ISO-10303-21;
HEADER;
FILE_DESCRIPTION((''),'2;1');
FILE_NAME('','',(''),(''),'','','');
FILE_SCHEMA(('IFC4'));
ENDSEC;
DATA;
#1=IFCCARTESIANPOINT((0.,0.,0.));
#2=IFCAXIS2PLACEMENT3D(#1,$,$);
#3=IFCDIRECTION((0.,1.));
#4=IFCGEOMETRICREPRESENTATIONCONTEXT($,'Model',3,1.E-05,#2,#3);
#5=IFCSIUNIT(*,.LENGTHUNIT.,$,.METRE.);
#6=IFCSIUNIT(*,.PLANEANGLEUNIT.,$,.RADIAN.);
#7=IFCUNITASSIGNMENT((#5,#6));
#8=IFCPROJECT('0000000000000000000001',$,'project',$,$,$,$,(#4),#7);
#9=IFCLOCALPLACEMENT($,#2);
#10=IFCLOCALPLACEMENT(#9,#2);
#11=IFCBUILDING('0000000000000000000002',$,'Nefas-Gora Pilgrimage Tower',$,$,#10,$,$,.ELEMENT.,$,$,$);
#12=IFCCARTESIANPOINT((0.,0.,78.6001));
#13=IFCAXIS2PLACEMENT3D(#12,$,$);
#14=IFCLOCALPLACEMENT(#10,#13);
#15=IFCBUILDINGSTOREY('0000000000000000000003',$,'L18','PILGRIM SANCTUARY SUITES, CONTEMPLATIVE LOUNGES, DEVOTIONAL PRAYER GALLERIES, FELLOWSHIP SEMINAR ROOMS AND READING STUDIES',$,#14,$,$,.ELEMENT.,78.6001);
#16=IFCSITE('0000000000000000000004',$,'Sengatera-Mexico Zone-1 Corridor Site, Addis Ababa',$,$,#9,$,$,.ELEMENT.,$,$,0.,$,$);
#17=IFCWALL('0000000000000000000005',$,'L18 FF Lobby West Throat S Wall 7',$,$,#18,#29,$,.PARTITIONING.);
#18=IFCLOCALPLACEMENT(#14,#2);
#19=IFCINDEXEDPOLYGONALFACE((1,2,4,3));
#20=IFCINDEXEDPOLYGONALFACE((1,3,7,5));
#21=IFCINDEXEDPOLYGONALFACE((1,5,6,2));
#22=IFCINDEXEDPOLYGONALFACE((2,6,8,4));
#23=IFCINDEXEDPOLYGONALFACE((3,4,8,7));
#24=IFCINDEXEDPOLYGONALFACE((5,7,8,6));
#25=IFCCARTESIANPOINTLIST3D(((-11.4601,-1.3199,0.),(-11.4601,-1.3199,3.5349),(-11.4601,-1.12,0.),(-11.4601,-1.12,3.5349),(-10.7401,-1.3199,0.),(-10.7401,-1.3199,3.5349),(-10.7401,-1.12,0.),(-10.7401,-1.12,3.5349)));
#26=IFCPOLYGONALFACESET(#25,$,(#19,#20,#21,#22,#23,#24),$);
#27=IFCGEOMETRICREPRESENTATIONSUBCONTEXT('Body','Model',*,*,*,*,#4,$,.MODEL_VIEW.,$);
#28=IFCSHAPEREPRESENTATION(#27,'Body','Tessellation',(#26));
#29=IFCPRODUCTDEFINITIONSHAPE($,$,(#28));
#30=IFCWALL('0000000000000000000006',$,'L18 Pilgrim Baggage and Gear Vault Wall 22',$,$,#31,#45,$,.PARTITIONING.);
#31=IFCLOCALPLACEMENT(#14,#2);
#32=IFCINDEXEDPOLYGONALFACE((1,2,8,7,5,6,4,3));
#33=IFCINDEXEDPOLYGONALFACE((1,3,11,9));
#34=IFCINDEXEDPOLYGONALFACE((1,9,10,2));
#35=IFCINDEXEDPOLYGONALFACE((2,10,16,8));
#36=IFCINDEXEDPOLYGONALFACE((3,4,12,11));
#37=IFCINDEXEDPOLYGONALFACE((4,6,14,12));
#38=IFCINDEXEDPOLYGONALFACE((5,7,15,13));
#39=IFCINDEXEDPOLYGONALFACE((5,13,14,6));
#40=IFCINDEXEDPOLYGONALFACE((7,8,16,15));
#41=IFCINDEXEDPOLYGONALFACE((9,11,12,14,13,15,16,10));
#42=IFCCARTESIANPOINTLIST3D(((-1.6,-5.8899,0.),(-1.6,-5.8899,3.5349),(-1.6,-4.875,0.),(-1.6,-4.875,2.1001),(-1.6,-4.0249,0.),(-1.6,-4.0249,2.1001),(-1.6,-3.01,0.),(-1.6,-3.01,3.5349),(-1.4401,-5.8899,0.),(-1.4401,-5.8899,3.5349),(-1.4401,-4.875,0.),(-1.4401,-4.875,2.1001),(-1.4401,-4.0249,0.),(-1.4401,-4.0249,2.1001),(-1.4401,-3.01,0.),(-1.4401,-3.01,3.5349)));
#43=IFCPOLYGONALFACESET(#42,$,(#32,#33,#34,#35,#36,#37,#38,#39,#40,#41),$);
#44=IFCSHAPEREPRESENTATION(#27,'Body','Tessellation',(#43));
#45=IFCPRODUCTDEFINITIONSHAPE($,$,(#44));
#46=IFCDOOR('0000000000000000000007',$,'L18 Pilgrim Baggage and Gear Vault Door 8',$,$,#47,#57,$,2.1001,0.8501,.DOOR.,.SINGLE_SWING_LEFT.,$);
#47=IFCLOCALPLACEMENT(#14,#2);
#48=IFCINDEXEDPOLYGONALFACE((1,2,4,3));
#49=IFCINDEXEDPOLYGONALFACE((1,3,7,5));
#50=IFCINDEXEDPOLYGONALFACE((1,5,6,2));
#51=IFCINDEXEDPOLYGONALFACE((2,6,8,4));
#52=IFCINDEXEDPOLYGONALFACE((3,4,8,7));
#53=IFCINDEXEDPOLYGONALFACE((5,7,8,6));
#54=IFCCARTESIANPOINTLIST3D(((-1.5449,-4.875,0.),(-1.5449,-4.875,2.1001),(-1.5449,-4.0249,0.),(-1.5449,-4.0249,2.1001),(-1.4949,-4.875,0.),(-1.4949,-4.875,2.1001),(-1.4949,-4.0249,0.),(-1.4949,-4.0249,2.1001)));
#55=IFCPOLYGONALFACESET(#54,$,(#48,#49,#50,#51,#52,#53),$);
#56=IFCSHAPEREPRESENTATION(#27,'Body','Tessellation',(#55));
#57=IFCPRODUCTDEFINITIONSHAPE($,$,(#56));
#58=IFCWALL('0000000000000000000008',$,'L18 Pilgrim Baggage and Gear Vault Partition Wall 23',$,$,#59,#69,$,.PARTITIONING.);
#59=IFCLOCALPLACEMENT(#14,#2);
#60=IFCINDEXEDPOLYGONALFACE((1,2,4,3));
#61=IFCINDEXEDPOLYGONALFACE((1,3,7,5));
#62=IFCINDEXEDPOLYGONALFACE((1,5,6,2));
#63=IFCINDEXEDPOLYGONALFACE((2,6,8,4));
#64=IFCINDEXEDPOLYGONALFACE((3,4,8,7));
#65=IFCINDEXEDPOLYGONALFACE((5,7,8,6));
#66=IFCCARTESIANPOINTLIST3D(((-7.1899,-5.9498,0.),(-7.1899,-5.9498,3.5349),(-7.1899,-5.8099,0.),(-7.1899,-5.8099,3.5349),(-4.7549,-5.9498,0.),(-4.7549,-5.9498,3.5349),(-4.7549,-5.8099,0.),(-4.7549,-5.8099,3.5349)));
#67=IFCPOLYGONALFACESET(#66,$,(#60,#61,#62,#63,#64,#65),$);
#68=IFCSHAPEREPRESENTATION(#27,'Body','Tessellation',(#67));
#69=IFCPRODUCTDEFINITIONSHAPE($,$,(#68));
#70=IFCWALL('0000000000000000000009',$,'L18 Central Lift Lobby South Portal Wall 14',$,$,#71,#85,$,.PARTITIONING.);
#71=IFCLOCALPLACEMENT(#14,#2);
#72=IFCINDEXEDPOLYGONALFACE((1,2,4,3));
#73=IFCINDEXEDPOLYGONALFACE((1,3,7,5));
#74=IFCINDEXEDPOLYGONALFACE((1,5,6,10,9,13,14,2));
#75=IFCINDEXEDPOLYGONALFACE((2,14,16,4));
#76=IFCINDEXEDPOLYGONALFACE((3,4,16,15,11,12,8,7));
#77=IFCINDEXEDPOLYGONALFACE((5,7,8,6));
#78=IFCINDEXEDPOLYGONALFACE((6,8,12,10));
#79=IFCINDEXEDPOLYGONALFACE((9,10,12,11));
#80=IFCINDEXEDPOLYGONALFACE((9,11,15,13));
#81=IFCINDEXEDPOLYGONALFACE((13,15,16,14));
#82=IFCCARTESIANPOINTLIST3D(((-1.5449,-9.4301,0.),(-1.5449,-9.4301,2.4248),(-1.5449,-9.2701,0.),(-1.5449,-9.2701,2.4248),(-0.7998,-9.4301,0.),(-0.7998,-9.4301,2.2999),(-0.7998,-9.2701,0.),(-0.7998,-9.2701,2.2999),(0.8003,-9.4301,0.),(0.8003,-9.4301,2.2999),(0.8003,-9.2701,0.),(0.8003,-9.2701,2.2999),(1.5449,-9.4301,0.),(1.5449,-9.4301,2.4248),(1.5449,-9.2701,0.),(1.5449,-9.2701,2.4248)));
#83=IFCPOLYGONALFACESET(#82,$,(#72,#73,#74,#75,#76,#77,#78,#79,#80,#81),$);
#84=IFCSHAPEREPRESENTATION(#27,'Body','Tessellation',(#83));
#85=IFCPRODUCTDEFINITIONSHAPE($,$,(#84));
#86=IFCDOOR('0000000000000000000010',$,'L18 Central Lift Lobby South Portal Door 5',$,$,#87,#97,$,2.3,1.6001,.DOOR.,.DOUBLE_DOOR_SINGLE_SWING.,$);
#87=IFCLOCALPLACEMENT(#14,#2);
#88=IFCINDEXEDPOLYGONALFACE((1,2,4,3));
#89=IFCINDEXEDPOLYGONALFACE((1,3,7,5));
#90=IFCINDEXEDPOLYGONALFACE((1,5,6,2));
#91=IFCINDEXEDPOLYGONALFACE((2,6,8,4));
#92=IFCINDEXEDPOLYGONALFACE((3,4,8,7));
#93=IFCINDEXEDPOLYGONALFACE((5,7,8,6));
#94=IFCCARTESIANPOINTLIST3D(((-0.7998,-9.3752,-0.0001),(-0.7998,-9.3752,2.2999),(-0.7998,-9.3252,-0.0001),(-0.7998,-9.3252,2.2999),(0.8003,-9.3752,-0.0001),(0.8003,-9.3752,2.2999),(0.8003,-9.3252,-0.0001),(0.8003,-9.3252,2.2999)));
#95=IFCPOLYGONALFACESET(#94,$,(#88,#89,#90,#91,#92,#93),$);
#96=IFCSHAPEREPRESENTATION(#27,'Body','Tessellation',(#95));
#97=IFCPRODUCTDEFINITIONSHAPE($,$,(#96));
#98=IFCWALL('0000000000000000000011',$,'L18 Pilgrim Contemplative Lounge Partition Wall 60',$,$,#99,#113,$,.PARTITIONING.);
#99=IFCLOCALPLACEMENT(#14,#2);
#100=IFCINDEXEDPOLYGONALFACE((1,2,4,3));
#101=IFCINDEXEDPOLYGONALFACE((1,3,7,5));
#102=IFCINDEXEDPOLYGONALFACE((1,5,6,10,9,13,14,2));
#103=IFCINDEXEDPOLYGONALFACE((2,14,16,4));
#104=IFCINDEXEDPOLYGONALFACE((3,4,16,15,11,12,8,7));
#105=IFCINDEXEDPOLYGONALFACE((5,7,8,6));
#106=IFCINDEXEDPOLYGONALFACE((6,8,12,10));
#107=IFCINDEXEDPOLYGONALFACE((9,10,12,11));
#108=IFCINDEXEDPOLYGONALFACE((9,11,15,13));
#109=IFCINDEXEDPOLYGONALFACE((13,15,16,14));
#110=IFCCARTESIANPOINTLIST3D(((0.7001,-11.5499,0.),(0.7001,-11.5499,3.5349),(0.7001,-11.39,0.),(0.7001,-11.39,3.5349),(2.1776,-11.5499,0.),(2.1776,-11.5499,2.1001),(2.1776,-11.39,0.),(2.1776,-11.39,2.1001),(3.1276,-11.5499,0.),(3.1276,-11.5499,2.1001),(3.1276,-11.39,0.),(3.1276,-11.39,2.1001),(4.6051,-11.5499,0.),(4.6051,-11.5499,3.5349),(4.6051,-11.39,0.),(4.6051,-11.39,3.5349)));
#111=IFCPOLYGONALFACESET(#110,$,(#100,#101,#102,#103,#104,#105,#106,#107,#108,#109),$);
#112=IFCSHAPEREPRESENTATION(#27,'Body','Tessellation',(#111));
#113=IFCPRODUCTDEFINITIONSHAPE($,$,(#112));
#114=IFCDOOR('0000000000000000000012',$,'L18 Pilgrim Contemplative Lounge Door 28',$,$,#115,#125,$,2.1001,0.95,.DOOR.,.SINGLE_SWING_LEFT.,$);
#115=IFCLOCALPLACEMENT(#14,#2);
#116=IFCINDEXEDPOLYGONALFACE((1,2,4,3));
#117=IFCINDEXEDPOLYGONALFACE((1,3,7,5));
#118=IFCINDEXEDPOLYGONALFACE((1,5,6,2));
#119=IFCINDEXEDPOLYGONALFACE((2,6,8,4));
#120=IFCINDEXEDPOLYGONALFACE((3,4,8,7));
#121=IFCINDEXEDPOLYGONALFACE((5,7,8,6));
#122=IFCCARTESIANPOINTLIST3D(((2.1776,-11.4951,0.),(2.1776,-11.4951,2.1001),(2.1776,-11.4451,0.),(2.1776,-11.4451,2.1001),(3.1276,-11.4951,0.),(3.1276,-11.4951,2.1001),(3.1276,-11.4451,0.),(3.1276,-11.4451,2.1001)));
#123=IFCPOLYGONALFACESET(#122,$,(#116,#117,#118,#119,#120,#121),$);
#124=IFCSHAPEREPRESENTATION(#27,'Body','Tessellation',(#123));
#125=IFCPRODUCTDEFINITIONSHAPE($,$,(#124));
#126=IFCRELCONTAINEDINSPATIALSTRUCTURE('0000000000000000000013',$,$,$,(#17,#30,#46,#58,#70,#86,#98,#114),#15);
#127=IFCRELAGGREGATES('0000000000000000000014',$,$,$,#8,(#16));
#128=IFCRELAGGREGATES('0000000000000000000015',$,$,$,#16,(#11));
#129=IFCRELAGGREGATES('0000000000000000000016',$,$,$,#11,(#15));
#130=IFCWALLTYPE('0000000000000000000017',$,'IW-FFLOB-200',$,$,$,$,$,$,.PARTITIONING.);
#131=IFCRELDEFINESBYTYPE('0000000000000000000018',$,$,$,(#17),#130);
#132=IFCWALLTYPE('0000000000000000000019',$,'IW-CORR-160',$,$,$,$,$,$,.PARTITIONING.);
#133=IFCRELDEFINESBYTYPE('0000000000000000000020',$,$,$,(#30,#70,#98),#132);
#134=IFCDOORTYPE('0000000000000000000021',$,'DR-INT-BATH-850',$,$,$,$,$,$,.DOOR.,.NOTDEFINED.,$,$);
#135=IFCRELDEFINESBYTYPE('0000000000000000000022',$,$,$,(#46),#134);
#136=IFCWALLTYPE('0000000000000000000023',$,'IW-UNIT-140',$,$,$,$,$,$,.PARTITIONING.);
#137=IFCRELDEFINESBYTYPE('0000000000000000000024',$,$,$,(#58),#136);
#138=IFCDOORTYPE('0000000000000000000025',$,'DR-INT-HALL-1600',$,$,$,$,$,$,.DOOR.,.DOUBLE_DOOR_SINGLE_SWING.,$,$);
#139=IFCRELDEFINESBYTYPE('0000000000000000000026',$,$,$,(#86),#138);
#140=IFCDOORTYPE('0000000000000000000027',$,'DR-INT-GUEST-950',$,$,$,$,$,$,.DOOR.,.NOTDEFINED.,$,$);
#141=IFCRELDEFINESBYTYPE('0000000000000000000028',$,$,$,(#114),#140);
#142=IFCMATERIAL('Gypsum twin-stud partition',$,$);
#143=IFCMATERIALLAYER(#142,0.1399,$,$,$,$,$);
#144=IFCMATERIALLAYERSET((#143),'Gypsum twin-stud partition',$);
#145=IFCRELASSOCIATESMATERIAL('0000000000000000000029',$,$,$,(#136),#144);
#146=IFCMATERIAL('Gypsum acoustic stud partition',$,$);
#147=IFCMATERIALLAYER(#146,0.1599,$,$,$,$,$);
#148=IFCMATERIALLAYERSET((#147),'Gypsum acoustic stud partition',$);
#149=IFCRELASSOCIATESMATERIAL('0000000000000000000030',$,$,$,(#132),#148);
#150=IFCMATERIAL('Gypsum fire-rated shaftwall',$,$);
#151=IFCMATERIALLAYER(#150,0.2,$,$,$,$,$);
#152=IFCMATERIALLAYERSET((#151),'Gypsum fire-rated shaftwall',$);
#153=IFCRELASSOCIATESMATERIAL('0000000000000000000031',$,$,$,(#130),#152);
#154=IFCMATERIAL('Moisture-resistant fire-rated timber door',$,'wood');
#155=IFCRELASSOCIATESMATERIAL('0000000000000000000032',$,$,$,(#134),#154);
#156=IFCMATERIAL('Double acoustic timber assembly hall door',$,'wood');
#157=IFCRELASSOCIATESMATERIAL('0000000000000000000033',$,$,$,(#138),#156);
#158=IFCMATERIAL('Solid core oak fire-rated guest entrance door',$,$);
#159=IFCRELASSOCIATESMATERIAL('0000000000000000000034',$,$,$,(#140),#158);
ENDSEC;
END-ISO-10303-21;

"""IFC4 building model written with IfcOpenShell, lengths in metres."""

from ifc_helpers import new_model, si_unit, direction, frame, frame_2d, origin, place, context, subcontext, project, spatial, rectangle, extrude, source, transform, mapped, material, layer, layer_set, type_object, element, fill, save


model = new_model("IFC4")

# Units and contexts
model_context = context("Model", 3, precision=1e-05, world=origin(), true_north=direction((0.0, 1.0)))
body_context = subcontext(model_context, "Body", "Model", "MODEL_VIEW")
ifc_project = project(units=[si_unit("LENGTHUNIT", "METRE"), si_unit("PLANEANGLEUNIT", "RADIAN")], contexts=[model_context])

# Site, building, storey
site_placement = place(None, origin())
site = spatial("IfcSite", under=ifc_project, at=site_placement, Name="Sengatera-Mexico Zone-1 Corridor Site, Addis Ababa", CompositionType="ELEMENT", RefElevation=0.0)
building_placement = place(site_placement, origin())
building = spatial("IfcBuilding", under=site, at=building_placement, Name="Nefas-Gora Pilgrimage Tower", CompositionType="ELEMENT")
storey_placement = place(building_placement, frame((0.0, 0.0, 78.6001)))
storey = spatial("IfcBuildingStorey", under=building, at=storey_placement, Name="L18", Description="PILGRIM SANCTUARY SUITES, CONTEMPLATIVE LOUNGES, DEVOTIONAL PRAYER GALLERIES, FELLOWSHIP SEMINAR ROOMS AND READING STUDIES", CompositionType="ELEMENT", Elevation=78.6001)

# Wall
ifc_material_1 = material(Name="Gypsum twin-stud partition")
ifc_layer_1 = layer(ifc_material_1, 0.1399)
ifc_layer_set_1 = layer_set([ifc_layer_1], Name="Gypsum twin-stud partition")
wall_type_1 = type_object("IfcWallType", Name="IW-UNIT-140", PredefinedType="PARTITIONING", material=ifc_layer_set_1)
ifc_material_2 = material(Name="Gypsum acoustic stud partition")
ifc_layer_2 = layer(ifc_material_2, 0.1599)
ifc_layer_set_2 = layer_set([ifc_layer_2], Name="Gypsum acoustic stud partition")
wall_type_2 = type_object("IfcWallType", Name="IW-CORR-160", PredefinedType="PARTITIONING", material=ifc_layer_set_2)
ifc_material_3 = material(Name="Gypsum fire-rated shaftwall")
ifc_layer_3 = layer(ifc_material_3, 0.2)
ifc_layer_set_3 = layer_set([ifc_layer_3], Name="Gypsum fire-rated shaftwall")
wall_type_3 = type_object("IfcWallType", Name="IW-FFLOB-200", PredefinedType="PARTITIONING", material=ifc_layer_set_3)
shared_shape_1 = source(origin(), body_context, "Body", "SweptSolid", [
    extrude(rectangle(XDim=0.72, YDim=0.2, at=frame_2d((0.3599, 0.0))), origin(), (0.0, 0.0, 1.0), 3.5349),
])
wall_1_placement = place(storey_placement, frame((-11.46, -1.22, 0.0), z_axis=(0.0, 0.0, 1.0), x_axis=(1.0, 0.0, 0.0)))
element("IfcWall", 1, at=wall_1_placement, inside=storey, type_object=wall_type_3, Name="L18 FF Lobby West Throat S Wall 7", PredefinedType="PARTITIONING", context=body_context, shape_type="MappedRepresentation", body=[
    mapped(shared_shape_1, transform((0.0, 0.0, 0.0), x_axis=(1.0, 0.0, 0.0), y_axis=(0.0, 1.0, 0.0), z_axis=(0.0, 0.0, 1.0), scale=1.0)),
])

# Wall, opening, door
shared_shape_2 = source(origin(), body_context, "Body", "SweptSolid", [
    extrude(rectangle(XDim=2.8799, YDim=0.1599, at=frame_2d((1.4399, 0.0))), origin(), (0.0, 0.0, 1.0), 3.5349),
])
wall_2_placement = place(storey_placement, frame((-1.52, -5.8899, 0.0), z_axis=(0.0, 0.0, 1.0), x_axis=(0.0, 1.0, 0.0)))
wall_2 = element("IfcWall", 2, at=wall_2_placement, inside=storey, type_object=wall_type_2, Name="L18 Pilgrim Baggage and Gear Vault Wall 22", PredefinedType="PARTITIONING", context=body_context, shape_type="MappedRepresentation", body=[
    mapped(shared_shape_2, transform((0.0, 0.0, 0.0), x_axis=(1.0, 0.0, 0.0), y_axis=(0.0, 1.0, 0.0), z_axis=(0.0, 0.0, 1.0), scale=1.0)),
])
opening_1_placement = place(wall_2_placement, frame((1.0149, 0.0, 0.0)))
opening_1 = element("IfcOpeningElement", 3, at=opening_1_placement, cuts=wall_2, PredefinedType="OPENING", context=body_context, shape_type="SweptSolid", body=[
    extrude(rectangle(XDim=0.8501, YDim=2.1001, at=frame_2d((0.425, 1.05))), frame((0.0, 0.0898, 0.0), z_axis=(0.0, -1.0, 0.0), x_axis=(1.0, 0.0, 0.0)), (0.0, 0.0, 1.0), 0.1799),
])
ifc_material_4 = material(Name="Moisture-resistant fire-rated timber door", Category="wood")
door_type_1 = type_object("IfcDoorType", Name="DR-INT-BATH-850", OperationType="NOTDEFINED", PredefinedType="DOOR", material=ifc_material_4)
shared_shape_3 = source(origin(), body_context, "Body", "SweptSolid", [
    extrude(rectangle(XDim=0.8501, YDim=2.1001, at=frame_2d((0.425, 1.05))), frame((0.0, 0.0249, 0.0), z_axis=(0.0, -1.0, 0.0), x_axis=(1.0, 0.0, 0.0)), (0.0, 0.0, 1.0), 0.05),
])
door_1_placement = place(opening_1_placement, origin())
door_1 = element("IfcDoor", 4, at=door_1_placement, inside=storey, type_object=door_type_1, Name="L18 Pilgrim Baggage and Gear Vault Door 8", OperationType="SINGLE_SWING_LEFT", OverallHeight=2.1001, OverallWidth=0.8501, PredefinedType="DOOR", context=body_context, shape_type="MappedRepresentation", body=[
    mapped(shared_shape_3, transform((0.0, 0.0, 0.0), x_axis=(1.0, 0.0, 0.0), y_axis=(0.0, 1.0, 0.0), z_axis=(0.0, 0.0, 1.0), scale=1.0)),
])
fill(opening_1, door_1)

# Wall
shared_shape_4 = source(origin(), body_context, "Body", "SweptSolid", [
    extrude(rectangle(XDim=2.4351, YDim=0.1399, at=frame_2d((1.2175, 0.0))), origin(), (0.0, 0.0, 1.0), 3.5349),
])
wall_3_placement = place(storey_placement, frame((-7.1899, -5.8799, 0.0), z_axis=(0.0, 0.0, 1.0), x_axis=(1.0, 0.0, 0.0)))
element("IfcWall", 5, at=wall_3_placement, inside=storey, type_object=wall_type_1, Name="L18 Pilgrim Baggage and Gear Vault Partition Wall 23", PredefinedType="PARTITIONING", context=body_context, shape_type="MappedRepresentation", body=[
    mapped(shared_shape_4, transform((0.0, 0.0, 0.0), x_axis=(1.0, 0.0, 0.0), y_axis=(0.0, 1.0, 0.0), z_axis=(0.0, 0.0, 1.0), scale=1.0)),
])

# Walls, openings, doors
shared_shape_5 = source(origin(), body_context, "Body", "SweptSolid", [
    extrude(rectangle(XDim=3.0898, YDim=0.1599, at=frame_2d((1.5449, 0.0))), origin(), (0.0, 0.0, 1.0), 2.4248),
])
wall_4_placement = place(storey_placement, frame((-1.5449, -9.3501, 0.0), z_axis=(0.0, 0.0, 1.0), x_axis=(1.0, 0.0, 0.0)))
wall_4 = element("IfcWall", 6, at=wall_4_placement, inside=storey, type_object=wall_type_2, Name="L18 Central Lift Lobby South Portal Wall 14", PredefinedType="PARTITIONING", context=body_context, shape_type="MappedRepresentation", body=[
    mapped(shared_shape_5, transform((0.0, 0.0, 0.0), x_axis=(1.0, 0.0, 0.0), y_axis=(0.0, 1.0, 0.0), z_axis=(0.0, 0.0, 1.0), scale=1.0)),
])
opening_2_placement = place(wall_4_placement, frame((0.7451, 0.0, 0.0)))
opening_2 = element("IfcOpeningElement", 7, at=opening_2_placement, cuts=wall_4, PredefinedType="OPENING", context=body_context, shape_type="SweptSolid", body=[
    extrude(rectangle(XDim=1.6001, YDim=2.3, at=frame_2d((0.8, 1.1499))), frame((0.0, 0.0898, 0.0), z_axis=(0.0, -1.0, 0.0), x_axis=(1.0, 0.0, 0.0)), (0.0, 0.0, 1.0), 0.1799),
])
ifc_material_5 = material(Name="Double acoustic timber assembly hall door", Category="wood")
door_type_2 = type_object("IfcDoorType", Name="DR-INT-HALL-1600", OperationType="DOUBLE_DOOR_SINGLE_SWING", PredefinedType="DOOR", material=ifc_material_5)
shared_shape_6 = source(origin(), body_context, "Body", "SweptSolid", [
    extrude(rectangle(XDim=1.6001, YDim=2.3, at=frame_2d((0.8, 1.1499))), frame((0.0, 0.0249, 0.0), z_axis=(0.0, -1.0, 0.0), x_axis=(1.0, 0.0, 0.0)), (0.0, 0.0, 1.0), 0.05),
])
door_2_placement = place(opening_2_placement, origin())
door_2 = element("IfcDoor", 8, at=door_2_placement, inside=storey, type_object=door_type_2, Name="L18 Central Lift Lobby South Portal Door 5", OperationType="DOUBLE_DOOR_SINGLE_SWING", OverallHeight=2.3, OverallWidth=1.6001, PredefinedType="DOOR", context=body_context, shape_type="MappedRepresentation", body=[
    mapped(shared_shape_6, transform((0.0, 0.0, 0.0), x_axis=(1.0, 0.0, 0.0), y_axis=(0.0, 1.0, 0.0), z_axis=(0.0, 0.0, 1.0), scale=1.0)),
])
fill(opening_2, door_2)
shared_shape_7 = source(origin(), body_context, "Body", "SweptSolid", [
    extrude(rectangle(XDim=3.905, YDim=0.1599, at=frame_2d((1.9526, 0.0))), origin(), (0.0, 0.0, 1.0), 3.5349),
])
wall_5_placement = place(storey_placement, frame((0.7, -11.47, 0.0), z_axis=(0.0, 0.0, 1.0), x_axis=(1.0, 0.0, 0.0)))
wall_5 = element("IfcWall", 9, at=wall_5_placement, inside=storey, type_object=wall_type_2, Name="L18 Pilgrim Contemplative Lounge Partition Wall 60", PredefinedType="PARTITIONING", context=body_context, shape_type="MappedRepresentation", body=[
    mapped(shared_shape_7, transform((0.0, 0.0, 0.0), x_axis=(1.0, 0.0, 0.0), y_axis=(0.0, 1.0, 0.0), z_axis=(0.0, 0.0, 1.0), scale=1.0)),
])
opening_3_placement = place(wall_5_placement, frame((1.4775, 0.0, 0.0)))
opening_3 = element("IfcOpeningElement", 10, at=opening_3_placement, cuts=wall_5, PredefinedType="OPENING", context=body_context, shape_type="SweptSolid", body=[
    extrude(rectangle(XDim=0.95, YDim=2.1001, at=frame_2d((0.4751, 1.05))), frame((0.0, 0.0898, 0.0), z_axis=(0.0, -1.0, 0.0), x_axis=(1.0, 0.0, 0.0)), (0.0, 0.0, 1.0), 0.1799),
])
ifc_material_6 = material(Name="Solid core oak fire-rated guest entrance door")
door_type_3 = type_object("IfcDoorType", Name="DR-INT-GUEST-950", OperationType="NOTDEFINED", PredefinedType="DOOR", material=ifc_material_6)
shared_shape_8 = source(origin(), body_context, "Body", "SweptSolid", [
    extrude(rectangle(XDim=0.95, YDim=2.1001, at=frame_2d((0.4751, 1.05))), frame((0.0, 0.0249, 0.0), z_axis=(0.0, -1.0, 0.0), x_axis=(1.0, 0.0, 0.0)), (0.0, 0.0, 1.0), 0.05),
])
door_3_placement = place(opening_3_placement, origin())
door_3 = element("IfcDoor", 11, at=door_3_placement, inside=storey, type_object=door_type_3, Name="L18 Pilgrim Contemplative Lounge Door 28", OperationType="SINGLE_SWING_LEFT", OverallHeight=2.1001, OverallWidth=0.95, PredefinedType="DOOR", context=body_context, shape_type="MappedRepresentation", body=[
    mapped(shared_shape_8, transform((0.0, 0.0, 0.0), x_axis=(1.0, 0.0, 0.0), y_axis=(0.0, 1.0, 0.0), z_axis=(0.0, 0.0, 1.0), scale=1.0)),
])
fill(opening_3, door_3)

save(model, "model.ifc")
